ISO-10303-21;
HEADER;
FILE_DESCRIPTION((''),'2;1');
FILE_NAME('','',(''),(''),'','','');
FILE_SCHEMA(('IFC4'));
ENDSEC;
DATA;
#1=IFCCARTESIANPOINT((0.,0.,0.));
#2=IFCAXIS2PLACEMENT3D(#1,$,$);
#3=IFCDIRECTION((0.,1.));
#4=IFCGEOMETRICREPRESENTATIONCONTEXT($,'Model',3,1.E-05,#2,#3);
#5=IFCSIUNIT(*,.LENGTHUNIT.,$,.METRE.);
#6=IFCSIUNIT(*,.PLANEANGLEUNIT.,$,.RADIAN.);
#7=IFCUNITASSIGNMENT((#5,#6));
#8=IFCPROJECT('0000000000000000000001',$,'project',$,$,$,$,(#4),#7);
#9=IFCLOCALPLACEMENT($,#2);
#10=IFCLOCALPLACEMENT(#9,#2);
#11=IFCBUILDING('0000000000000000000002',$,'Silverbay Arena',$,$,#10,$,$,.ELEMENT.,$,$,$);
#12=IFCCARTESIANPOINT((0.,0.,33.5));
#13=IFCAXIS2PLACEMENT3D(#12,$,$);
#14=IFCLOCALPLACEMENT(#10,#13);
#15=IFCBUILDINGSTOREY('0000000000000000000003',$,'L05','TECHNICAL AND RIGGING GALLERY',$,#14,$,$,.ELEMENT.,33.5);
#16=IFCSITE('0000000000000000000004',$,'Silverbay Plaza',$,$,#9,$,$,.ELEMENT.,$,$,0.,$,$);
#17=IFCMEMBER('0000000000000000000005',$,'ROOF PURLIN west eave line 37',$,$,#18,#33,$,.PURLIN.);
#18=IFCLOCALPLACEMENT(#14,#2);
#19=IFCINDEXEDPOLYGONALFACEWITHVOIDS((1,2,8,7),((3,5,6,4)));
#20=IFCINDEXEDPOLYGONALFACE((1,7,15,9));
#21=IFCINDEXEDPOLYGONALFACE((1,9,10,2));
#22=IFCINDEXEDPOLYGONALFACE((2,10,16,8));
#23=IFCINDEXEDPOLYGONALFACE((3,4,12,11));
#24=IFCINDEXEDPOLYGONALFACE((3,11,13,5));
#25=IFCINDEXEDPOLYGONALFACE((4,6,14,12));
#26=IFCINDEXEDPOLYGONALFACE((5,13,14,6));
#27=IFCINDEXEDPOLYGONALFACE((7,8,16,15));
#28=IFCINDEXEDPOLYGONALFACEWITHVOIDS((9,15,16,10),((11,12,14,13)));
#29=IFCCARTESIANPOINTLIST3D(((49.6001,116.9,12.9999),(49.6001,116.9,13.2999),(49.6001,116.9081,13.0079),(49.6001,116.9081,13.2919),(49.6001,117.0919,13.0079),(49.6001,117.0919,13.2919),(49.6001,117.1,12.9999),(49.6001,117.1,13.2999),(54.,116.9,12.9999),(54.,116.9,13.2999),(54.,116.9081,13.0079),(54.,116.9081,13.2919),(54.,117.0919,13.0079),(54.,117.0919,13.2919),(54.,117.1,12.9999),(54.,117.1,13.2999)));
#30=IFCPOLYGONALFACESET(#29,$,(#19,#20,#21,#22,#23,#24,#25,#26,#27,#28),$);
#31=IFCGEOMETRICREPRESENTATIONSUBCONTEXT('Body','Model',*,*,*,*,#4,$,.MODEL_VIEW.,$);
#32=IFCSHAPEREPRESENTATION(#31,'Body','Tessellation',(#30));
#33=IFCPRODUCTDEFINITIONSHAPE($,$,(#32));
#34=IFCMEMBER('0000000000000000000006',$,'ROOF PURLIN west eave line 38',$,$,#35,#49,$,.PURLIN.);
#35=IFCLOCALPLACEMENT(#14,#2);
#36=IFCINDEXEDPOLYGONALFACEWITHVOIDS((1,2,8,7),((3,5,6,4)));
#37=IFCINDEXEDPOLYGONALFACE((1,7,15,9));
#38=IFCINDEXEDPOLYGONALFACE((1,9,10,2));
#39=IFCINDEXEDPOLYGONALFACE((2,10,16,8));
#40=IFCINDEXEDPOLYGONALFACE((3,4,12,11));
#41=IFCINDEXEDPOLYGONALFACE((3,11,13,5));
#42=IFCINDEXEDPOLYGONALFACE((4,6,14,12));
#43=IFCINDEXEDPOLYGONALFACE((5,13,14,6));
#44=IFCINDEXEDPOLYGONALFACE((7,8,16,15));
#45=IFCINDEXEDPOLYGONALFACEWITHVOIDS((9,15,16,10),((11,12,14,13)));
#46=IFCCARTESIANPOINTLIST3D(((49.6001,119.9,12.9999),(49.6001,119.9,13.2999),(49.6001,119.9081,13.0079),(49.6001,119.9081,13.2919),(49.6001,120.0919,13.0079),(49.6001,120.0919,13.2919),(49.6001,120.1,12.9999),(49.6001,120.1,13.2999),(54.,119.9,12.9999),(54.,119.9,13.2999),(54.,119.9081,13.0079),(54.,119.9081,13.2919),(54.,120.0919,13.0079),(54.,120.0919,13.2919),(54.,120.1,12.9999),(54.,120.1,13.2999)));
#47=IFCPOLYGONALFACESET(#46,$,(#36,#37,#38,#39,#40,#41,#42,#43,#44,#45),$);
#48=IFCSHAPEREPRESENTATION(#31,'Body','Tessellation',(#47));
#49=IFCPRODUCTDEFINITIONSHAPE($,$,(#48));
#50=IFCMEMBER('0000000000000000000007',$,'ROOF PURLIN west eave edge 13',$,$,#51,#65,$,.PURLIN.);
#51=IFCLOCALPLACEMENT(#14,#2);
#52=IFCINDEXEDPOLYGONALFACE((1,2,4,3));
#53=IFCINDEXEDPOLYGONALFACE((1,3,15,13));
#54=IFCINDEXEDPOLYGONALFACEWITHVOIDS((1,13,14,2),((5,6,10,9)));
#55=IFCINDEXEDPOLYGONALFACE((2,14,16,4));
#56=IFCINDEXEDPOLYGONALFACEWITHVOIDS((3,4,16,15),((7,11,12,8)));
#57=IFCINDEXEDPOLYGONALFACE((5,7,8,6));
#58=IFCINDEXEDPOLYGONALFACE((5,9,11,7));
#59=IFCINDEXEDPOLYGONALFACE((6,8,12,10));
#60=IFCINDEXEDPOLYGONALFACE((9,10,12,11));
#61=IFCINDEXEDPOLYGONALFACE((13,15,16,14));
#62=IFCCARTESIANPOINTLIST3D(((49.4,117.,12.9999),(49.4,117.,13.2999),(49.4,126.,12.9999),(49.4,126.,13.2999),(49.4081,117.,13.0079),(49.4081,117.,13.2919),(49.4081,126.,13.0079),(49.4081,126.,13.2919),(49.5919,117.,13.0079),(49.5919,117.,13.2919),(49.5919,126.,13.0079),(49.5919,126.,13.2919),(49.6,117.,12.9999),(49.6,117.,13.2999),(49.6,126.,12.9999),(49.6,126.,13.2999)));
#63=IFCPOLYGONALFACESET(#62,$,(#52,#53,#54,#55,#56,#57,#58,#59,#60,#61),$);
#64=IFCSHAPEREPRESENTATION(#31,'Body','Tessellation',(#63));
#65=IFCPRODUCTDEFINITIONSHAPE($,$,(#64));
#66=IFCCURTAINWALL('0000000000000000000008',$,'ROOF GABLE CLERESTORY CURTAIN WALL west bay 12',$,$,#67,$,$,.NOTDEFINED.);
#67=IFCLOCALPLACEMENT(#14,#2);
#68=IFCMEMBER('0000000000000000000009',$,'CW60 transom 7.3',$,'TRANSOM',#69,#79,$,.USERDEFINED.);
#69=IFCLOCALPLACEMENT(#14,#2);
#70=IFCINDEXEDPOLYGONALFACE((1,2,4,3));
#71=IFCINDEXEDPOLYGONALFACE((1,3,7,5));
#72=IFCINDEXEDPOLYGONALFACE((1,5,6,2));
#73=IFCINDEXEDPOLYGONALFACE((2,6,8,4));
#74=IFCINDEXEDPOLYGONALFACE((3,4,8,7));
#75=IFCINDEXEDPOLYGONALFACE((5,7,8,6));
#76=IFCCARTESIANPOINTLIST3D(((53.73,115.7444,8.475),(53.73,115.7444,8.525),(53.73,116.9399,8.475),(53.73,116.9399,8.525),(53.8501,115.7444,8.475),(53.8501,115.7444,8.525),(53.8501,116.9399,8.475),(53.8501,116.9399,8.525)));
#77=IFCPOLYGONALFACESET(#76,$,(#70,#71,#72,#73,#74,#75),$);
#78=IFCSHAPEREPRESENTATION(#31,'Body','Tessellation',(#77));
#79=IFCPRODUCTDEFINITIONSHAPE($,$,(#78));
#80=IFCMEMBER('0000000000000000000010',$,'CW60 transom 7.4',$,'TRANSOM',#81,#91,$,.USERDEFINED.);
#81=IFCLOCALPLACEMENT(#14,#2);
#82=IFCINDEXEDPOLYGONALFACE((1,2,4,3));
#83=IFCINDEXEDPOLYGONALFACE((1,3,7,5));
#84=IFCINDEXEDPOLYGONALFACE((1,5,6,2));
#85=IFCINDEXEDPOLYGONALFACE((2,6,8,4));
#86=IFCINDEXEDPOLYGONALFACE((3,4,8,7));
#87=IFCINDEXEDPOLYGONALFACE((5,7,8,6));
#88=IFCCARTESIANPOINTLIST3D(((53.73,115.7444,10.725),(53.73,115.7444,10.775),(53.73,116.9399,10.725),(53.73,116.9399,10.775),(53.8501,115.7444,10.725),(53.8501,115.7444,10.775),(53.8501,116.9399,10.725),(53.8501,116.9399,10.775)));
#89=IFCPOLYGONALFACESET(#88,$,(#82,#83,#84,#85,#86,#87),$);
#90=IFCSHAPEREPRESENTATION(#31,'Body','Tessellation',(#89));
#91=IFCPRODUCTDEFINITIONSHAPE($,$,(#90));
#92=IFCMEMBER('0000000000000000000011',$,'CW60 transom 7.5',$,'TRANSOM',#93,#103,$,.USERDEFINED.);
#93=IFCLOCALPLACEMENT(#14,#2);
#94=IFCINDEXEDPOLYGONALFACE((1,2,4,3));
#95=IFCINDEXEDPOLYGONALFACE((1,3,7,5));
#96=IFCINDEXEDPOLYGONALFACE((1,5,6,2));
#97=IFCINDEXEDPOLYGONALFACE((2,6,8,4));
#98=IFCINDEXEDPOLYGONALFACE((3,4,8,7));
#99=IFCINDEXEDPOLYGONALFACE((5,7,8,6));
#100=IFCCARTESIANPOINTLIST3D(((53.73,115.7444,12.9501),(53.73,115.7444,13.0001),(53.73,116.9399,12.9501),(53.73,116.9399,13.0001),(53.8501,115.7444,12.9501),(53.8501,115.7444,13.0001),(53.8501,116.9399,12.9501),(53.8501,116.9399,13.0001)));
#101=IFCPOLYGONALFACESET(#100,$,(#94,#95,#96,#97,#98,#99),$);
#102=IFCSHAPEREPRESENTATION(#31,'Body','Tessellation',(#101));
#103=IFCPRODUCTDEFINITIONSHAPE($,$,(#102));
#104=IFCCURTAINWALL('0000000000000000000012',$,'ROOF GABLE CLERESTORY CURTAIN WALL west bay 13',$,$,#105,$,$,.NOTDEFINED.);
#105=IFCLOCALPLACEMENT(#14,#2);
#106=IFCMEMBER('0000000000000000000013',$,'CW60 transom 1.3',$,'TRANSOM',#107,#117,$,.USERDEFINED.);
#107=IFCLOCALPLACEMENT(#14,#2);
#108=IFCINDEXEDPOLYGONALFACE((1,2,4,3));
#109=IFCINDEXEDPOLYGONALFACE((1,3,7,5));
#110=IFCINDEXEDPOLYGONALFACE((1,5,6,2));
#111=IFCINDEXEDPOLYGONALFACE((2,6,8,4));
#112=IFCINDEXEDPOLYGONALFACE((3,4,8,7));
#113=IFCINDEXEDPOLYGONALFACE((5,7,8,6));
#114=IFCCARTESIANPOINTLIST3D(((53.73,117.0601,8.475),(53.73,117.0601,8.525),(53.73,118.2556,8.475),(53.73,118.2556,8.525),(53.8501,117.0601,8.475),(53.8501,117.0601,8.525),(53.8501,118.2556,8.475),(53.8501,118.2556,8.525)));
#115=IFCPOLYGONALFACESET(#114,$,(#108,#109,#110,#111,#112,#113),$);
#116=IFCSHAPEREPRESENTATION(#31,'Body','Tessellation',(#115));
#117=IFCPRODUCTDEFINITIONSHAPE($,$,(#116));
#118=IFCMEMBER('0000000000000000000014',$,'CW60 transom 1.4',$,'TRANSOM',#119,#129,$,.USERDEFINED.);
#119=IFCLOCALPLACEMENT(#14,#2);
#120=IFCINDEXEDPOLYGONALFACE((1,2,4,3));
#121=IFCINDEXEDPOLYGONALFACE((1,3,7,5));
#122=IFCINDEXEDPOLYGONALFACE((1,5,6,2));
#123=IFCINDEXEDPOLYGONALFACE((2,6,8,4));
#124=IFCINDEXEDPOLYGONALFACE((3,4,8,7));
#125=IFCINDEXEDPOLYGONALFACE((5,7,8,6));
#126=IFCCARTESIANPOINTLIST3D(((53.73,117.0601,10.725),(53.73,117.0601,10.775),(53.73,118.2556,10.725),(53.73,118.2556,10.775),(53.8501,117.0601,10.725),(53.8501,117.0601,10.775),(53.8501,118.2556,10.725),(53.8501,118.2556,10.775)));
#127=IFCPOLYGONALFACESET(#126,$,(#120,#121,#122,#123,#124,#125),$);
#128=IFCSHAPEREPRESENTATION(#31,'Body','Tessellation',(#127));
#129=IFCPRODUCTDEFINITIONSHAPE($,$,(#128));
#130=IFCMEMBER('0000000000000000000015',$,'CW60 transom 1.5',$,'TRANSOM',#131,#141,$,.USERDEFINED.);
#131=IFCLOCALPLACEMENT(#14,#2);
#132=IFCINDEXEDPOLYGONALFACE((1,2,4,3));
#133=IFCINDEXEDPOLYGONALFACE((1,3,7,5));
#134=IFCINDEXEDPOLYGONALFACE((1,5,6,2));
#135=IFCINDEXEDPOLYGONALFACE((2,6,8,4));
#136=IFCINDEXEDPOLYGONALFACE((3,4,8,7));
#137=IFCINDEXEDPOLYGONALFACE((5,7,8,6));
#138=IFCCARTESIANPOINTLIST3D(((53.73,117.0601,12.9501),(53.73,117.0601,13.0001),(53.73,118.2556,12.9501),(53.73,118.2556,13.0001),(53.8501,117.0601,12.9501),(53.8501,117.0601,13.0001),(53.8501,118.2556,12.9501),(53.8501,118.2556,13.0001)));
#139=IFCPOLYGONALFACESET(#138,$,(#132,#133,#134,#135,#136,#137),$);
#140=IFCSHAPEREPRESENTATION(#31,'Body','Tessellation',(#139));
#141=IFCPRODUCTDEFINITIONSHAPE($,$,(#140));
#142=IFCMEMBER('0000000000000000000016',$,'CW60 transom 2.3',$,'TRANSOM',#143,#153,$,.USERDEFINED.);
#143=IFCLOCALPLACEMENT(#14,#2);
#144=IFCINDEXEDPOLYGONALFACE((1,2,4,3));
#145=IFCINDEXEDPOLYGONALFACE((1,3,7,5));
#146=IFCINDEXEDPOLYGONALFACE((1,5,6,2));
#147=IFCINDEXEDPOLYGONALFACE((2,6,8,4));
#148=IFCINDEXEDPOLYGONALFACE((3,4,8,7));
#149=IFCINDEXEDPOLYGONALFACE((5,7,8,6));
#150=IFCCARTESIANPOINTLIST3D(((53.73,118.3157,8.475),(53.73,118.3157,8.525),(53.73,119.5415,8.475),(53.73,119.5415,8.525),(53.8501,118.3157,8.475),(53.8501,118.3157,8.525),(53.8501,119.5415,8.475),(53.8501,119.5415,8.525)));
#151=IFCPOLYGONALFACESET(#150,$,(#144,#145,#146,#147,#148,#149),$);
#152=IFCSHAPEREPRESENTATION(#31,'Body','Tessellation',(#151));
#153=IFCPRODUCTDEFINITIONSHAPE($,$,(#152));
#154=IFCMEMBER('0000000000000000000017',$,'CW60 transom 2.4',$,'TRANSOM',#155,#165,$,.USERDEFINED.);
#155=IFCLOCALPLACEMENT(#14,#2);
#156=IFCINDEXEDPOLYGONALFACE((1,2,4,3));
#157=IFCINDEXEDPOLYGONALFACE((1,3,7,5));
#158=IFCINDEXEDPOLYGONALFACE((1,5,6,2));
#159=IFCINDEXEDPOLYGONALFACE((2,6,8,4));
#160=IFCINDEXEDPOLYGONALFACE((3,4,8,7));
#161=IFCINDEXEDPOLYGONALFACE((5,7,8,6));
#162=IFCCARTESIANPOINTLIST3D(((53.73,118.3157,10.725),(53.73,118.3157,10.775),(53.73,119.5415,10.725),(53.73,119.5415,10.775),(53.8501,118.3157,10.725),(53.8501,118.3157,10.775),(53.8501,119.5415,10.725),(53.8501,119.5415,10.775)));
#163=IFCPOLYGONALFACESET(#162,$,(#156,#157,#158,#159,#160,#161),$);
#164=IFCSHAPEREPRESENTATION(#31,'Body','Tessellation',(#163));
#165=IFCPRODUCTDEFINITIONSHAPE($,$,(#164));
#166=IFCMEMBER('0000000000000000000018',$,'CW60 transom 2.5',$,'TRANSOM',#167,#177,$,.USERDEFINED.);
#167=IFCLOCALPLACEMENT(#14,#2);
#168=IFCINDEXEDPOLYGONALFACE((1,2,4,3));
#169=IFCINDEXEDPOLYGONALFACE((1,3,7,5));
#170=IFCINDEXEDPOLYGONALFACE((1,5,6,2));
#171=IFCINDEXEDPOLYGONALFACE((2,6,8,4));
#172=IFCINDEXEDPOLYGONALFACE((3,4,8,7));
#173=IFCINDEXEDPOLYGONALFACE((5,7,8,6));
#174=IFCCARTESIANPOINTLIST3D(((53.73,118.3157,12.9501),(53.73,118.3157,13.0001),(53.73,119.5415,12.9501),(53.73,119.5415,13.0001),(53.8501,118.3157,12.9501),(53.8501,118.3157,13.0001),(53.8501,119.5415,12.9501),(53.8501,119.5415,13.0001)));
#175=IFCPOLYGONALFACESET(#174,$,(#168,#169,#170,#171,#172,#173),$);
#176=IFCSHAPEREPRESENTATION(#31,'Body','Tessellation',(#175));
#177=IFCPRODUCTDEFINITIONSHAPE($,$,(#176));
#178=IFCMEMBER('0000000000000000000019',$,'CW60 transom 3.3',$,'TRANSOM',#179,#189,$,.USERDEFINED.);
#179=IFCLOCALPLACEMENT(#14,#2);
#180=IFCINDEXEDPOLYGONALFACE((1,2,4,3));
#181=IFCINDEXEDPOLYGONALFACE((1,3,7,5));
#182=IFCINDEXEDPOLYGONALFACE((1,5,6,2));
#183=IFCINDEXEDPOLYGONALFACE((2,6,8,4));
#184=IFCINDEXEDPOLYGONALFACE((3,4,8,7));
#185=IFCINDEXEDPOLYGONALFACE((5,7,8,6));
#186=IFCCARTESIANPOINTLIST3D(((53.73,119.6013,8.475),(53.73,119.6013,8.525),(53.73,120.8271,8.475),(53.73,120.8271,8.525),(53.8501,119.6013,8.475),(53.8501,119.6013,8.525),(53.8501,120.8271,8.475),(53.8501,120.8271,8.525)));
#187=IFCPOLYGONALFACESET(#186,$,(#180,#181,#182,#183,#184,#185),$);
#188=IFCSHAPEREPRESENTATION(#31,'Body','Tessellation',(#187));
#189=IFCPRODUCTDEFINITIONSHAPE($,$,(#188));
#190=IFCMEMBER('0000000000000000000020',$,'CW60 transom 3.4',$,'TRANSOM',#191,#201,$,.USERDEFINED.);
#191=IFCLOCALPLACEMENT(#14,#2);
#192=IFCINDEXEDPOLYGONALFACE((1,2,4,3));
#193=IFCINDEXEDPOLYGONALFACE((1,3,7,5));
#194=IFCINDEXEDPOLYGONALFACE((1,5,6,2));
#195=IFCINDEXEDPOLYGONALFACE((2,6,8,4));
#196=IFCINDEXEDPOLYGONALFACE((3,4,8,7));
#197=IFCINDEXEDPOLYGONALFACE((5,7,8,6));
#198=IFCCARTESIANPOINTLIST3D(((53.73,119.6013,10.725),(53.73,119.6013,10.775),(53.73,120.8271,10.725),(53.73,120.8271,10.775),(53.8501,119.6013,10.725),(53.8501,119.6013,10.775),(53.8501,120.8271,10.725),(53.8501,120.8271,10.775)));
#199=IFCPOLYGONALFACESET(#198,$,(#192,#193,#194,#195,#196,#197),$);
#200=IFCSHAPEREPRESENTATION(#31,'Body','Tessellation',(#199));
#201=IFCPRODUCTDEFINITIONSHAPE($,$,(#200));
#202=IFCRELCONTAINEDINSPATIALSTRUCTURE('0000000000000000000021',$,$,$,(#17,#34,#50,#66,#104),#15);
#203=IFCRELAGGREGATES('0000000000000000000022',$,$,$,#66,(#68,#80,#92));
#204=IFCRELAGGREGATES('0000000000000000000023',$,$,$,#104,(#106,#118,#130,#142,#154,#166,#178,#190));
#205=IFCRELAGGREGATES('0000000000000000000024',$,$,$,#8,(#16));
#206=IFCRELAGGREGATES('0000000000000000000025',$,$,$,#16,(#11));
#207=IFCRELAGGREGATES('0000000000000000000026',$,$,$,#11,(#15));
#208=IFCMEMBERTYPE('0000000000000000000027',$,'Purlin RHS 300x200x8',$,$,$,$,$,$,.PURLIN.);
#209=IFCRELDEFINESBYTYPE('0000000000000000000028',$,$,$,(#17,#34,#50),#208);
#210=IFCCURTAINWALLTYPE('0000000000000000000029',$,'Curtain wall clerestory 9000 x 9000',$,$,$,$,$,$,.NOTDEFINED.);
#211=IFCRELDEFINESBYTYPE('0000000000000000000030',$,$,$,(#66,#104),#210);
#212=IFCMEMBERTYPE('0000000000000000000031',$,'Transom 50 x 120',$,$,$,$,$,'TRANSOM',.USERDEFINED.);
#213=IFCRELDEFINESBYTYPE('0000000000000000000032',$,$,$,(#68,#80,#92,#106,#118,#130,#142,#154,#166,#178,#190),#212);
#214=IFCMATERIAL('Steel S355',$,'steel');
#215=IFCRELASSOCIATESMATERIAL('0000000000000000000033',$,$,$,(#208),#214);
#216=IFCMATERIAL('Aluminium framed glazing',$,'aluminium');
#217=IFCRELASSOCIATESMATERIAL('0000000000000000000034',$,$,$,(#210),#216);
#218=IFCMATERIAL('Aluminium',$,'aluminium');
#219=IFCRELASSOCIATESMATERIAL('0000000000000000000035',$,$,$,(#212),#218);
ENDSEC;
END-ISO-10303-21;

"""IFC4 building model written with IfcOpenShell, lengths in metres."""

from ifc_helpers import new_model, si_unit, direction, frame, origin, origin_2d, place, context, subcontext, project, spatial, rectangle, hollow_rectangle, extrude, material, material_profile, profile_set, type_object, element, aggregate, save


model = new_model("IFC4")

# Units and contexts
model_context = context("Model", 3, precision=1e-05, world=origin(), true_north=direction((0.0, 1.0)))
body_context = subcontext(model_context, "Body", "Model", "MODEL_VIEW")
ifc_project = project(units=[si_unit("LENGTHUNIT", "METRE"), si_unit("PLANEANGLEUNIT", "RADIAN")], contexts=[model_context])

# Site, building, storey
site_placement = place(None, origin())
site = spatial("IfcSite", under=ifc_project, at=site_placement, Name="Silverbay Plaza", CompositionType="ELEMENT", RefElevation=0.0)
building_placement = place(site_placement, origin())
building = spatial("IfcBuilding", under=site, at=building_placement, Name="Silverbay Arena", CompositionType="ELEMENT")
storey_placement = place(building_placement, frame((0.0, 0.0, 33.5)))
storey = spatial("IfcBuildingStorey", under=building, at=storey_placement, Name="L05", Description="TECHNICAL AND RIGGING GALLERY", CompositionType="ELEMENT", Elevation=33.5)

# Members
ifc_material_1 = material(Name="Steel S355", Category="steel")
ifc_material_profile_1 = material_profile(ifc_material_1, hollow_rectangle(XDim=0.2, YDim=0.3, WallThickness=0.0081, at=origin_2d()), Name="RHS 300x200x8")
ifc_profile_set_1 = profile_set([ifc_material_profile_1], Name="Steel S355")
member_type_1 = type_object("IfcMemberType", Name="Purlin RHS 300x200x8", PredefinedType="PURLIN", material=ifc_profile_set_1)
for number, where, z_axis, x_axis, name in (
    (1, (49.6001, 117.0, 13.1499), (1.0, 0.0, 0.0), (0.0, 1.0, 0.0), "ROOF PURLIN west eave line 37"),
    (2, (49.6001, 120.0, 13.1499), (1.0, 0.0, 0.0), (0.0, 1.0, 0.0), "ROOF PURLIN west eave line 38"),
):
    element("IfcMember", number, at=place(storey_placement, frame(where, z_axis=z_axis, x_axis=x_axis)), inside=storey, type_object=member_type_1, Name=name, PredefinedType="PURLIN", context=body_context, shape_type="SweptSolid", body=[
        extrude(hollow_rectangle(XDim=0.2, YDim=0.3, WallThickness=0.0081, at=origin_2d()), origin(), (0.0, 0.0, 1.0), 4.3999),
    ])
member_1_placement = place(storey_placement, frame((49.5, 117.0, 13.1499), z_axis=(0.0, 1.0, 0.0), x_axis=(-1.0, 0.0, 0.0)))
element("IfcMember", 3, at=member_1_placement, inside=storey, type_object=member_type_1, Name="ROOF PURLIN west eave edge 13", PredefinedType="PURLIN", context=body_context, shape_type="SweptSolid", body=[
    extrude(hollow_rectangle(XDim=0.2, YDim=0.3, WallThickness=0.0081, at=origin_2d()), origin(), (0.0, 0.0, 1.0), 9.0),
])

# Curtain walls, members
ifc_material_2 = material(Name="Aluminium framed glazing", Category="aluminium")
curtain_wall_type = type_object("IfcCurtainWallType", Name="Curtain wall clerestory 9000 x 9000", PredefinedType="NOTDEFINED", material=ifc_material_2)
curtain_wall_1_placement = place(storey_placement, origin())
curtain_wall_1 = element("IfcCurtainWall", 4, at=curtain_wall_1_placement, inside=storey, type_object=curtain_wall_type, Name="ROOF GABLE CLERESTORY CURTAIN WALL west bay 12", PredefinedType="NOTDEFINED")
ifc_material_3 = material(Name="Aluminium", Category="aluminium")
ifc_material_profile_2 = material_profile(ifc_material_3, rectangle(XDim=0.1201, YDim=0.05, at=origin_2d()), Name="Transom 50 x 120")
ifc_profile_set_2 = profile_set([ifc_material_profile_2], Name="Aluminium")
member_type_2 = type_object("IfcMemberType", Name="Transom 50 x 120", ElementType="TRANSOM", PredefinedType="USERDEFINED", material=ifc_profile_set_2)
member_2_placement = place(storey_placement, frame((53.79, 115.7444, 8.5), z_axis=(0.0, 1.0, 0.0), x_axis=(-1.0, 0.0, 0.0)))
member_2 = element("IfcMember", 5, at=member_2_placement, type_object=member_type_2, Name="CW60 transom 7.3", ObjectType="TRANSOM", PredefinedType="USERDEFINED", context=body_context, shape_type="SweptSolid", body=[
    extrude(rectangle(XDim=0.1201, YDim=0.05, at=origin_2d()), origin(), (0.0, 0.0, 1.0), 1.1956),
])
member_3_placement = place(storey_placement, frame((53.79, 115.7444, 10.75), z_axis=(0.0, 1.0, 0.0), x_axis=(-1.0, 0.0, 0.0)))
member_3 = element("IfcMember", 6, at=member_3_placement, type_object=member_type_2, Name="CW60 transom 7.4", ObjectType="TRANSOM", PredefinedType="USERDEFINED", context=body_context, shape_type="SweptSolid", body=[
    extrude(rectangle(XDim=0.1201, YDim=0.05, at=origin_2d()), origin(), (0.0, 0.0, 1.0), 1.1956),
])
member_4_placement = place(storey_placement, frame((53.79, 115.7444, 12.9751), z_axis=(0.0, 1.0, 0.0), x_axis=(-1.0, 0.0, 0.0)))
member_4 = element("IfcMember", 7, at=member_4_placement, type_object=member_type_2, Name="CW60 transom 7.5", ObjectType="TRANSOM", PredefinedType="USERDEFINED", context=body_context, shape_type="SweptSolid", body=[
    extrude(rectangle(XDim=0.1201, YDim=0.05, at=origin_2d()), origin(), (0.0, 0.0, 1.0), 1.1956),
])
curtain_wall_2_placement = place(storey_placement, origin())
curtain_wall_2 = element("IfcCurtainWall", 8, at=curtain_wall_2_placement, inside=storey, type_object=curtain_wall_type, Name="ROOF GABLE CLERESTORY CURTAIN WALL west bay 13", PredefinedType="NOTDEFINED")
member_5_placement = place(storey_placement, frame((53.79, 117.0601, 8.5), z_axis=(0.0, 1.0, 0.0), x_axis=(-1.0, 0.0, 0.0)))
member_5 = element("IfcMember", 9, at=member_5_placement, type_object=member_type_2, Name="CW60 transom 1.3", ObjectType="TRANSOM", PredefinedType="USERDEFINED", context=body_context, shape_type="SweptSolid", body=[
    extrude(rectangle(XDim=0.1201, YDim=0.05, at=origin_2d()), origin(), (0.0, 0.0, 1.0), 1.1956),
])
member_6_placement = place(storey_placement, frame((53.79, 117.0601, 10.75), z_axis=(0.0, 1.0, 0.0), x_axis=(-1.0, 0.0, 0.0)))
member_6 = element("IfcMember", 10, at=member_6_placement, type_object=member_type_2, Name="CW60 transom 1.4", ObjectType="TRANSOM", PredefinedType="USERDEFINED", context=body_context, shape_type="SweptSolid", body=[
    extrude(rectangle(XDim=0.1201, YDim=0.05, at=origin_2d()), origin(), (0.0, 0.0, 1.0), 1.1956),
])
member_7_placement = place(storey_placement, frame((53.79, 117.0601, 12.9751), z_axis=(0.0, 1.0, 0.0), x_axis=(-1.0, 0.0, 0.0)))
member_7 = element("IfcMember", 11, at=member_7_placement, type_object=member_type_2, Name="CW60 transom 1.5", ObjectType="TRANSOM", PredefinedType="USERDEFINED", context=body_context, shape_type="SweptSolid", body=[
    extrude(rectangle(XDim=0.1201, YDim=0.05, at=origin_2d()), origin(), (0.0, 0.0, 1.0), 1.1956),
])
member_8_placement = place(storey_placement, frame((53.79, 118.3157, 8.5), z_axis=(0.0, 1.0, 0.0), x_axis=(-1.0, 0.0, 0.0)))
member_8 = element("IfcMember", 12, at=member_8_placement, type_object=member_type_2, Name="CW60 transom 2.3", ObjectType="TRANSOM", PredefinedType="USERDEFINED", context=body_context, shape_type="SweptSolid", body=[
    extrude(rectangle(XDim=0.1201, YDim=0.05, at=origin_2d()), origin(), (0.0, 0.0, 1.0), 1.2258),
])
member_9_placement = place(storey_placement, frame((53.79, 118.3157, 10.75), z_axis=(0.0, 1.0, 0.0), x_axis=(-1.0, 0.0, 0.0)))
member_9 = element("IfcMember", 13, at=member_9_placement, type_object=member_type_2, Name="CW60 transom 2.4", ObjectType="TRANSOM", PredefinedType="USERDEFINED", context=body_context, shape_type="SweptSolid", body=[
    extrude(rectangle(XDim=0.1201, YDim=0.05, at=origin_2d()), origin(), (0.0, 0.0, 1.0), 1.2258),
])
member_10_placement = place(storey_placement, frame((53.79, 118.3157, 12.9751), z_axis=(0.0, 1.0, 0.0), x_axis=(-1.0, 0.0, 0.0)))
member_10 = element("IfcMember", 14, at=member_10_placement, type_object=member_type_2, Name="CW60 transom 2.5", ObjectType="TRANSOM", PredefinedType="USERDEFINED", context=body_context, shape_type="SweptSolid", body=[
    extrude(rectangle(XDim=0.1201, YDim=0.05, at=origin_2d()), origin(), (0.0, 0.0, 1.0), 1.2258),
])
member_11_placement = place(storey_placement, frame((53.79, 119.6013, 8.5), z_axis=(0.0, 1.0, 0.0), x_axis=(-1.0, 0.0, 0.0)))
member_11 = element("IfcMember", 15, at=member_11_placement, type_object=member_type_2, Name="CW60 transom 3.3", ObjectType="TRANSOM", PredefinedType="USERDEFINED", context=body_context, shape_type="SweptSolid", body=[
    extrude(rectangle(XDim=0.1201, YDim=0.05, at=origin_2d()), origin(), (0.0, 0.0, 1.0), 1.2258),
])
member_12_placement = place(storey_placement, frame((53.79, 119.6013, 10.75), z_axis=(0.0, 1.0, 0.0), x_axis=(-1.0, 0.0, 0.0)))
member_12 = element("IfcMember", 16, at=member_12_placement, type_object=member_type_2, Name="CW60 transom 3.4", ObjectType="TRANSOM", PredefinedType="USERDEFINED", context=body_context, shape_type="SweptSolid", body=[
    extrude(rectangle(XDim=0.1201, YDim=0.05, at=origin_2d()), origin(), (0.0, 0.0, 1.0), 1.2258),
])

aggregate(curtain_wall_1, [member_2, member_3, member_4])
aggregate(curtain_wall_2, [member_5, member_6, member_7, member_8, member_9, member_10, member_11, member_12])

save(model, "model.ifc")
